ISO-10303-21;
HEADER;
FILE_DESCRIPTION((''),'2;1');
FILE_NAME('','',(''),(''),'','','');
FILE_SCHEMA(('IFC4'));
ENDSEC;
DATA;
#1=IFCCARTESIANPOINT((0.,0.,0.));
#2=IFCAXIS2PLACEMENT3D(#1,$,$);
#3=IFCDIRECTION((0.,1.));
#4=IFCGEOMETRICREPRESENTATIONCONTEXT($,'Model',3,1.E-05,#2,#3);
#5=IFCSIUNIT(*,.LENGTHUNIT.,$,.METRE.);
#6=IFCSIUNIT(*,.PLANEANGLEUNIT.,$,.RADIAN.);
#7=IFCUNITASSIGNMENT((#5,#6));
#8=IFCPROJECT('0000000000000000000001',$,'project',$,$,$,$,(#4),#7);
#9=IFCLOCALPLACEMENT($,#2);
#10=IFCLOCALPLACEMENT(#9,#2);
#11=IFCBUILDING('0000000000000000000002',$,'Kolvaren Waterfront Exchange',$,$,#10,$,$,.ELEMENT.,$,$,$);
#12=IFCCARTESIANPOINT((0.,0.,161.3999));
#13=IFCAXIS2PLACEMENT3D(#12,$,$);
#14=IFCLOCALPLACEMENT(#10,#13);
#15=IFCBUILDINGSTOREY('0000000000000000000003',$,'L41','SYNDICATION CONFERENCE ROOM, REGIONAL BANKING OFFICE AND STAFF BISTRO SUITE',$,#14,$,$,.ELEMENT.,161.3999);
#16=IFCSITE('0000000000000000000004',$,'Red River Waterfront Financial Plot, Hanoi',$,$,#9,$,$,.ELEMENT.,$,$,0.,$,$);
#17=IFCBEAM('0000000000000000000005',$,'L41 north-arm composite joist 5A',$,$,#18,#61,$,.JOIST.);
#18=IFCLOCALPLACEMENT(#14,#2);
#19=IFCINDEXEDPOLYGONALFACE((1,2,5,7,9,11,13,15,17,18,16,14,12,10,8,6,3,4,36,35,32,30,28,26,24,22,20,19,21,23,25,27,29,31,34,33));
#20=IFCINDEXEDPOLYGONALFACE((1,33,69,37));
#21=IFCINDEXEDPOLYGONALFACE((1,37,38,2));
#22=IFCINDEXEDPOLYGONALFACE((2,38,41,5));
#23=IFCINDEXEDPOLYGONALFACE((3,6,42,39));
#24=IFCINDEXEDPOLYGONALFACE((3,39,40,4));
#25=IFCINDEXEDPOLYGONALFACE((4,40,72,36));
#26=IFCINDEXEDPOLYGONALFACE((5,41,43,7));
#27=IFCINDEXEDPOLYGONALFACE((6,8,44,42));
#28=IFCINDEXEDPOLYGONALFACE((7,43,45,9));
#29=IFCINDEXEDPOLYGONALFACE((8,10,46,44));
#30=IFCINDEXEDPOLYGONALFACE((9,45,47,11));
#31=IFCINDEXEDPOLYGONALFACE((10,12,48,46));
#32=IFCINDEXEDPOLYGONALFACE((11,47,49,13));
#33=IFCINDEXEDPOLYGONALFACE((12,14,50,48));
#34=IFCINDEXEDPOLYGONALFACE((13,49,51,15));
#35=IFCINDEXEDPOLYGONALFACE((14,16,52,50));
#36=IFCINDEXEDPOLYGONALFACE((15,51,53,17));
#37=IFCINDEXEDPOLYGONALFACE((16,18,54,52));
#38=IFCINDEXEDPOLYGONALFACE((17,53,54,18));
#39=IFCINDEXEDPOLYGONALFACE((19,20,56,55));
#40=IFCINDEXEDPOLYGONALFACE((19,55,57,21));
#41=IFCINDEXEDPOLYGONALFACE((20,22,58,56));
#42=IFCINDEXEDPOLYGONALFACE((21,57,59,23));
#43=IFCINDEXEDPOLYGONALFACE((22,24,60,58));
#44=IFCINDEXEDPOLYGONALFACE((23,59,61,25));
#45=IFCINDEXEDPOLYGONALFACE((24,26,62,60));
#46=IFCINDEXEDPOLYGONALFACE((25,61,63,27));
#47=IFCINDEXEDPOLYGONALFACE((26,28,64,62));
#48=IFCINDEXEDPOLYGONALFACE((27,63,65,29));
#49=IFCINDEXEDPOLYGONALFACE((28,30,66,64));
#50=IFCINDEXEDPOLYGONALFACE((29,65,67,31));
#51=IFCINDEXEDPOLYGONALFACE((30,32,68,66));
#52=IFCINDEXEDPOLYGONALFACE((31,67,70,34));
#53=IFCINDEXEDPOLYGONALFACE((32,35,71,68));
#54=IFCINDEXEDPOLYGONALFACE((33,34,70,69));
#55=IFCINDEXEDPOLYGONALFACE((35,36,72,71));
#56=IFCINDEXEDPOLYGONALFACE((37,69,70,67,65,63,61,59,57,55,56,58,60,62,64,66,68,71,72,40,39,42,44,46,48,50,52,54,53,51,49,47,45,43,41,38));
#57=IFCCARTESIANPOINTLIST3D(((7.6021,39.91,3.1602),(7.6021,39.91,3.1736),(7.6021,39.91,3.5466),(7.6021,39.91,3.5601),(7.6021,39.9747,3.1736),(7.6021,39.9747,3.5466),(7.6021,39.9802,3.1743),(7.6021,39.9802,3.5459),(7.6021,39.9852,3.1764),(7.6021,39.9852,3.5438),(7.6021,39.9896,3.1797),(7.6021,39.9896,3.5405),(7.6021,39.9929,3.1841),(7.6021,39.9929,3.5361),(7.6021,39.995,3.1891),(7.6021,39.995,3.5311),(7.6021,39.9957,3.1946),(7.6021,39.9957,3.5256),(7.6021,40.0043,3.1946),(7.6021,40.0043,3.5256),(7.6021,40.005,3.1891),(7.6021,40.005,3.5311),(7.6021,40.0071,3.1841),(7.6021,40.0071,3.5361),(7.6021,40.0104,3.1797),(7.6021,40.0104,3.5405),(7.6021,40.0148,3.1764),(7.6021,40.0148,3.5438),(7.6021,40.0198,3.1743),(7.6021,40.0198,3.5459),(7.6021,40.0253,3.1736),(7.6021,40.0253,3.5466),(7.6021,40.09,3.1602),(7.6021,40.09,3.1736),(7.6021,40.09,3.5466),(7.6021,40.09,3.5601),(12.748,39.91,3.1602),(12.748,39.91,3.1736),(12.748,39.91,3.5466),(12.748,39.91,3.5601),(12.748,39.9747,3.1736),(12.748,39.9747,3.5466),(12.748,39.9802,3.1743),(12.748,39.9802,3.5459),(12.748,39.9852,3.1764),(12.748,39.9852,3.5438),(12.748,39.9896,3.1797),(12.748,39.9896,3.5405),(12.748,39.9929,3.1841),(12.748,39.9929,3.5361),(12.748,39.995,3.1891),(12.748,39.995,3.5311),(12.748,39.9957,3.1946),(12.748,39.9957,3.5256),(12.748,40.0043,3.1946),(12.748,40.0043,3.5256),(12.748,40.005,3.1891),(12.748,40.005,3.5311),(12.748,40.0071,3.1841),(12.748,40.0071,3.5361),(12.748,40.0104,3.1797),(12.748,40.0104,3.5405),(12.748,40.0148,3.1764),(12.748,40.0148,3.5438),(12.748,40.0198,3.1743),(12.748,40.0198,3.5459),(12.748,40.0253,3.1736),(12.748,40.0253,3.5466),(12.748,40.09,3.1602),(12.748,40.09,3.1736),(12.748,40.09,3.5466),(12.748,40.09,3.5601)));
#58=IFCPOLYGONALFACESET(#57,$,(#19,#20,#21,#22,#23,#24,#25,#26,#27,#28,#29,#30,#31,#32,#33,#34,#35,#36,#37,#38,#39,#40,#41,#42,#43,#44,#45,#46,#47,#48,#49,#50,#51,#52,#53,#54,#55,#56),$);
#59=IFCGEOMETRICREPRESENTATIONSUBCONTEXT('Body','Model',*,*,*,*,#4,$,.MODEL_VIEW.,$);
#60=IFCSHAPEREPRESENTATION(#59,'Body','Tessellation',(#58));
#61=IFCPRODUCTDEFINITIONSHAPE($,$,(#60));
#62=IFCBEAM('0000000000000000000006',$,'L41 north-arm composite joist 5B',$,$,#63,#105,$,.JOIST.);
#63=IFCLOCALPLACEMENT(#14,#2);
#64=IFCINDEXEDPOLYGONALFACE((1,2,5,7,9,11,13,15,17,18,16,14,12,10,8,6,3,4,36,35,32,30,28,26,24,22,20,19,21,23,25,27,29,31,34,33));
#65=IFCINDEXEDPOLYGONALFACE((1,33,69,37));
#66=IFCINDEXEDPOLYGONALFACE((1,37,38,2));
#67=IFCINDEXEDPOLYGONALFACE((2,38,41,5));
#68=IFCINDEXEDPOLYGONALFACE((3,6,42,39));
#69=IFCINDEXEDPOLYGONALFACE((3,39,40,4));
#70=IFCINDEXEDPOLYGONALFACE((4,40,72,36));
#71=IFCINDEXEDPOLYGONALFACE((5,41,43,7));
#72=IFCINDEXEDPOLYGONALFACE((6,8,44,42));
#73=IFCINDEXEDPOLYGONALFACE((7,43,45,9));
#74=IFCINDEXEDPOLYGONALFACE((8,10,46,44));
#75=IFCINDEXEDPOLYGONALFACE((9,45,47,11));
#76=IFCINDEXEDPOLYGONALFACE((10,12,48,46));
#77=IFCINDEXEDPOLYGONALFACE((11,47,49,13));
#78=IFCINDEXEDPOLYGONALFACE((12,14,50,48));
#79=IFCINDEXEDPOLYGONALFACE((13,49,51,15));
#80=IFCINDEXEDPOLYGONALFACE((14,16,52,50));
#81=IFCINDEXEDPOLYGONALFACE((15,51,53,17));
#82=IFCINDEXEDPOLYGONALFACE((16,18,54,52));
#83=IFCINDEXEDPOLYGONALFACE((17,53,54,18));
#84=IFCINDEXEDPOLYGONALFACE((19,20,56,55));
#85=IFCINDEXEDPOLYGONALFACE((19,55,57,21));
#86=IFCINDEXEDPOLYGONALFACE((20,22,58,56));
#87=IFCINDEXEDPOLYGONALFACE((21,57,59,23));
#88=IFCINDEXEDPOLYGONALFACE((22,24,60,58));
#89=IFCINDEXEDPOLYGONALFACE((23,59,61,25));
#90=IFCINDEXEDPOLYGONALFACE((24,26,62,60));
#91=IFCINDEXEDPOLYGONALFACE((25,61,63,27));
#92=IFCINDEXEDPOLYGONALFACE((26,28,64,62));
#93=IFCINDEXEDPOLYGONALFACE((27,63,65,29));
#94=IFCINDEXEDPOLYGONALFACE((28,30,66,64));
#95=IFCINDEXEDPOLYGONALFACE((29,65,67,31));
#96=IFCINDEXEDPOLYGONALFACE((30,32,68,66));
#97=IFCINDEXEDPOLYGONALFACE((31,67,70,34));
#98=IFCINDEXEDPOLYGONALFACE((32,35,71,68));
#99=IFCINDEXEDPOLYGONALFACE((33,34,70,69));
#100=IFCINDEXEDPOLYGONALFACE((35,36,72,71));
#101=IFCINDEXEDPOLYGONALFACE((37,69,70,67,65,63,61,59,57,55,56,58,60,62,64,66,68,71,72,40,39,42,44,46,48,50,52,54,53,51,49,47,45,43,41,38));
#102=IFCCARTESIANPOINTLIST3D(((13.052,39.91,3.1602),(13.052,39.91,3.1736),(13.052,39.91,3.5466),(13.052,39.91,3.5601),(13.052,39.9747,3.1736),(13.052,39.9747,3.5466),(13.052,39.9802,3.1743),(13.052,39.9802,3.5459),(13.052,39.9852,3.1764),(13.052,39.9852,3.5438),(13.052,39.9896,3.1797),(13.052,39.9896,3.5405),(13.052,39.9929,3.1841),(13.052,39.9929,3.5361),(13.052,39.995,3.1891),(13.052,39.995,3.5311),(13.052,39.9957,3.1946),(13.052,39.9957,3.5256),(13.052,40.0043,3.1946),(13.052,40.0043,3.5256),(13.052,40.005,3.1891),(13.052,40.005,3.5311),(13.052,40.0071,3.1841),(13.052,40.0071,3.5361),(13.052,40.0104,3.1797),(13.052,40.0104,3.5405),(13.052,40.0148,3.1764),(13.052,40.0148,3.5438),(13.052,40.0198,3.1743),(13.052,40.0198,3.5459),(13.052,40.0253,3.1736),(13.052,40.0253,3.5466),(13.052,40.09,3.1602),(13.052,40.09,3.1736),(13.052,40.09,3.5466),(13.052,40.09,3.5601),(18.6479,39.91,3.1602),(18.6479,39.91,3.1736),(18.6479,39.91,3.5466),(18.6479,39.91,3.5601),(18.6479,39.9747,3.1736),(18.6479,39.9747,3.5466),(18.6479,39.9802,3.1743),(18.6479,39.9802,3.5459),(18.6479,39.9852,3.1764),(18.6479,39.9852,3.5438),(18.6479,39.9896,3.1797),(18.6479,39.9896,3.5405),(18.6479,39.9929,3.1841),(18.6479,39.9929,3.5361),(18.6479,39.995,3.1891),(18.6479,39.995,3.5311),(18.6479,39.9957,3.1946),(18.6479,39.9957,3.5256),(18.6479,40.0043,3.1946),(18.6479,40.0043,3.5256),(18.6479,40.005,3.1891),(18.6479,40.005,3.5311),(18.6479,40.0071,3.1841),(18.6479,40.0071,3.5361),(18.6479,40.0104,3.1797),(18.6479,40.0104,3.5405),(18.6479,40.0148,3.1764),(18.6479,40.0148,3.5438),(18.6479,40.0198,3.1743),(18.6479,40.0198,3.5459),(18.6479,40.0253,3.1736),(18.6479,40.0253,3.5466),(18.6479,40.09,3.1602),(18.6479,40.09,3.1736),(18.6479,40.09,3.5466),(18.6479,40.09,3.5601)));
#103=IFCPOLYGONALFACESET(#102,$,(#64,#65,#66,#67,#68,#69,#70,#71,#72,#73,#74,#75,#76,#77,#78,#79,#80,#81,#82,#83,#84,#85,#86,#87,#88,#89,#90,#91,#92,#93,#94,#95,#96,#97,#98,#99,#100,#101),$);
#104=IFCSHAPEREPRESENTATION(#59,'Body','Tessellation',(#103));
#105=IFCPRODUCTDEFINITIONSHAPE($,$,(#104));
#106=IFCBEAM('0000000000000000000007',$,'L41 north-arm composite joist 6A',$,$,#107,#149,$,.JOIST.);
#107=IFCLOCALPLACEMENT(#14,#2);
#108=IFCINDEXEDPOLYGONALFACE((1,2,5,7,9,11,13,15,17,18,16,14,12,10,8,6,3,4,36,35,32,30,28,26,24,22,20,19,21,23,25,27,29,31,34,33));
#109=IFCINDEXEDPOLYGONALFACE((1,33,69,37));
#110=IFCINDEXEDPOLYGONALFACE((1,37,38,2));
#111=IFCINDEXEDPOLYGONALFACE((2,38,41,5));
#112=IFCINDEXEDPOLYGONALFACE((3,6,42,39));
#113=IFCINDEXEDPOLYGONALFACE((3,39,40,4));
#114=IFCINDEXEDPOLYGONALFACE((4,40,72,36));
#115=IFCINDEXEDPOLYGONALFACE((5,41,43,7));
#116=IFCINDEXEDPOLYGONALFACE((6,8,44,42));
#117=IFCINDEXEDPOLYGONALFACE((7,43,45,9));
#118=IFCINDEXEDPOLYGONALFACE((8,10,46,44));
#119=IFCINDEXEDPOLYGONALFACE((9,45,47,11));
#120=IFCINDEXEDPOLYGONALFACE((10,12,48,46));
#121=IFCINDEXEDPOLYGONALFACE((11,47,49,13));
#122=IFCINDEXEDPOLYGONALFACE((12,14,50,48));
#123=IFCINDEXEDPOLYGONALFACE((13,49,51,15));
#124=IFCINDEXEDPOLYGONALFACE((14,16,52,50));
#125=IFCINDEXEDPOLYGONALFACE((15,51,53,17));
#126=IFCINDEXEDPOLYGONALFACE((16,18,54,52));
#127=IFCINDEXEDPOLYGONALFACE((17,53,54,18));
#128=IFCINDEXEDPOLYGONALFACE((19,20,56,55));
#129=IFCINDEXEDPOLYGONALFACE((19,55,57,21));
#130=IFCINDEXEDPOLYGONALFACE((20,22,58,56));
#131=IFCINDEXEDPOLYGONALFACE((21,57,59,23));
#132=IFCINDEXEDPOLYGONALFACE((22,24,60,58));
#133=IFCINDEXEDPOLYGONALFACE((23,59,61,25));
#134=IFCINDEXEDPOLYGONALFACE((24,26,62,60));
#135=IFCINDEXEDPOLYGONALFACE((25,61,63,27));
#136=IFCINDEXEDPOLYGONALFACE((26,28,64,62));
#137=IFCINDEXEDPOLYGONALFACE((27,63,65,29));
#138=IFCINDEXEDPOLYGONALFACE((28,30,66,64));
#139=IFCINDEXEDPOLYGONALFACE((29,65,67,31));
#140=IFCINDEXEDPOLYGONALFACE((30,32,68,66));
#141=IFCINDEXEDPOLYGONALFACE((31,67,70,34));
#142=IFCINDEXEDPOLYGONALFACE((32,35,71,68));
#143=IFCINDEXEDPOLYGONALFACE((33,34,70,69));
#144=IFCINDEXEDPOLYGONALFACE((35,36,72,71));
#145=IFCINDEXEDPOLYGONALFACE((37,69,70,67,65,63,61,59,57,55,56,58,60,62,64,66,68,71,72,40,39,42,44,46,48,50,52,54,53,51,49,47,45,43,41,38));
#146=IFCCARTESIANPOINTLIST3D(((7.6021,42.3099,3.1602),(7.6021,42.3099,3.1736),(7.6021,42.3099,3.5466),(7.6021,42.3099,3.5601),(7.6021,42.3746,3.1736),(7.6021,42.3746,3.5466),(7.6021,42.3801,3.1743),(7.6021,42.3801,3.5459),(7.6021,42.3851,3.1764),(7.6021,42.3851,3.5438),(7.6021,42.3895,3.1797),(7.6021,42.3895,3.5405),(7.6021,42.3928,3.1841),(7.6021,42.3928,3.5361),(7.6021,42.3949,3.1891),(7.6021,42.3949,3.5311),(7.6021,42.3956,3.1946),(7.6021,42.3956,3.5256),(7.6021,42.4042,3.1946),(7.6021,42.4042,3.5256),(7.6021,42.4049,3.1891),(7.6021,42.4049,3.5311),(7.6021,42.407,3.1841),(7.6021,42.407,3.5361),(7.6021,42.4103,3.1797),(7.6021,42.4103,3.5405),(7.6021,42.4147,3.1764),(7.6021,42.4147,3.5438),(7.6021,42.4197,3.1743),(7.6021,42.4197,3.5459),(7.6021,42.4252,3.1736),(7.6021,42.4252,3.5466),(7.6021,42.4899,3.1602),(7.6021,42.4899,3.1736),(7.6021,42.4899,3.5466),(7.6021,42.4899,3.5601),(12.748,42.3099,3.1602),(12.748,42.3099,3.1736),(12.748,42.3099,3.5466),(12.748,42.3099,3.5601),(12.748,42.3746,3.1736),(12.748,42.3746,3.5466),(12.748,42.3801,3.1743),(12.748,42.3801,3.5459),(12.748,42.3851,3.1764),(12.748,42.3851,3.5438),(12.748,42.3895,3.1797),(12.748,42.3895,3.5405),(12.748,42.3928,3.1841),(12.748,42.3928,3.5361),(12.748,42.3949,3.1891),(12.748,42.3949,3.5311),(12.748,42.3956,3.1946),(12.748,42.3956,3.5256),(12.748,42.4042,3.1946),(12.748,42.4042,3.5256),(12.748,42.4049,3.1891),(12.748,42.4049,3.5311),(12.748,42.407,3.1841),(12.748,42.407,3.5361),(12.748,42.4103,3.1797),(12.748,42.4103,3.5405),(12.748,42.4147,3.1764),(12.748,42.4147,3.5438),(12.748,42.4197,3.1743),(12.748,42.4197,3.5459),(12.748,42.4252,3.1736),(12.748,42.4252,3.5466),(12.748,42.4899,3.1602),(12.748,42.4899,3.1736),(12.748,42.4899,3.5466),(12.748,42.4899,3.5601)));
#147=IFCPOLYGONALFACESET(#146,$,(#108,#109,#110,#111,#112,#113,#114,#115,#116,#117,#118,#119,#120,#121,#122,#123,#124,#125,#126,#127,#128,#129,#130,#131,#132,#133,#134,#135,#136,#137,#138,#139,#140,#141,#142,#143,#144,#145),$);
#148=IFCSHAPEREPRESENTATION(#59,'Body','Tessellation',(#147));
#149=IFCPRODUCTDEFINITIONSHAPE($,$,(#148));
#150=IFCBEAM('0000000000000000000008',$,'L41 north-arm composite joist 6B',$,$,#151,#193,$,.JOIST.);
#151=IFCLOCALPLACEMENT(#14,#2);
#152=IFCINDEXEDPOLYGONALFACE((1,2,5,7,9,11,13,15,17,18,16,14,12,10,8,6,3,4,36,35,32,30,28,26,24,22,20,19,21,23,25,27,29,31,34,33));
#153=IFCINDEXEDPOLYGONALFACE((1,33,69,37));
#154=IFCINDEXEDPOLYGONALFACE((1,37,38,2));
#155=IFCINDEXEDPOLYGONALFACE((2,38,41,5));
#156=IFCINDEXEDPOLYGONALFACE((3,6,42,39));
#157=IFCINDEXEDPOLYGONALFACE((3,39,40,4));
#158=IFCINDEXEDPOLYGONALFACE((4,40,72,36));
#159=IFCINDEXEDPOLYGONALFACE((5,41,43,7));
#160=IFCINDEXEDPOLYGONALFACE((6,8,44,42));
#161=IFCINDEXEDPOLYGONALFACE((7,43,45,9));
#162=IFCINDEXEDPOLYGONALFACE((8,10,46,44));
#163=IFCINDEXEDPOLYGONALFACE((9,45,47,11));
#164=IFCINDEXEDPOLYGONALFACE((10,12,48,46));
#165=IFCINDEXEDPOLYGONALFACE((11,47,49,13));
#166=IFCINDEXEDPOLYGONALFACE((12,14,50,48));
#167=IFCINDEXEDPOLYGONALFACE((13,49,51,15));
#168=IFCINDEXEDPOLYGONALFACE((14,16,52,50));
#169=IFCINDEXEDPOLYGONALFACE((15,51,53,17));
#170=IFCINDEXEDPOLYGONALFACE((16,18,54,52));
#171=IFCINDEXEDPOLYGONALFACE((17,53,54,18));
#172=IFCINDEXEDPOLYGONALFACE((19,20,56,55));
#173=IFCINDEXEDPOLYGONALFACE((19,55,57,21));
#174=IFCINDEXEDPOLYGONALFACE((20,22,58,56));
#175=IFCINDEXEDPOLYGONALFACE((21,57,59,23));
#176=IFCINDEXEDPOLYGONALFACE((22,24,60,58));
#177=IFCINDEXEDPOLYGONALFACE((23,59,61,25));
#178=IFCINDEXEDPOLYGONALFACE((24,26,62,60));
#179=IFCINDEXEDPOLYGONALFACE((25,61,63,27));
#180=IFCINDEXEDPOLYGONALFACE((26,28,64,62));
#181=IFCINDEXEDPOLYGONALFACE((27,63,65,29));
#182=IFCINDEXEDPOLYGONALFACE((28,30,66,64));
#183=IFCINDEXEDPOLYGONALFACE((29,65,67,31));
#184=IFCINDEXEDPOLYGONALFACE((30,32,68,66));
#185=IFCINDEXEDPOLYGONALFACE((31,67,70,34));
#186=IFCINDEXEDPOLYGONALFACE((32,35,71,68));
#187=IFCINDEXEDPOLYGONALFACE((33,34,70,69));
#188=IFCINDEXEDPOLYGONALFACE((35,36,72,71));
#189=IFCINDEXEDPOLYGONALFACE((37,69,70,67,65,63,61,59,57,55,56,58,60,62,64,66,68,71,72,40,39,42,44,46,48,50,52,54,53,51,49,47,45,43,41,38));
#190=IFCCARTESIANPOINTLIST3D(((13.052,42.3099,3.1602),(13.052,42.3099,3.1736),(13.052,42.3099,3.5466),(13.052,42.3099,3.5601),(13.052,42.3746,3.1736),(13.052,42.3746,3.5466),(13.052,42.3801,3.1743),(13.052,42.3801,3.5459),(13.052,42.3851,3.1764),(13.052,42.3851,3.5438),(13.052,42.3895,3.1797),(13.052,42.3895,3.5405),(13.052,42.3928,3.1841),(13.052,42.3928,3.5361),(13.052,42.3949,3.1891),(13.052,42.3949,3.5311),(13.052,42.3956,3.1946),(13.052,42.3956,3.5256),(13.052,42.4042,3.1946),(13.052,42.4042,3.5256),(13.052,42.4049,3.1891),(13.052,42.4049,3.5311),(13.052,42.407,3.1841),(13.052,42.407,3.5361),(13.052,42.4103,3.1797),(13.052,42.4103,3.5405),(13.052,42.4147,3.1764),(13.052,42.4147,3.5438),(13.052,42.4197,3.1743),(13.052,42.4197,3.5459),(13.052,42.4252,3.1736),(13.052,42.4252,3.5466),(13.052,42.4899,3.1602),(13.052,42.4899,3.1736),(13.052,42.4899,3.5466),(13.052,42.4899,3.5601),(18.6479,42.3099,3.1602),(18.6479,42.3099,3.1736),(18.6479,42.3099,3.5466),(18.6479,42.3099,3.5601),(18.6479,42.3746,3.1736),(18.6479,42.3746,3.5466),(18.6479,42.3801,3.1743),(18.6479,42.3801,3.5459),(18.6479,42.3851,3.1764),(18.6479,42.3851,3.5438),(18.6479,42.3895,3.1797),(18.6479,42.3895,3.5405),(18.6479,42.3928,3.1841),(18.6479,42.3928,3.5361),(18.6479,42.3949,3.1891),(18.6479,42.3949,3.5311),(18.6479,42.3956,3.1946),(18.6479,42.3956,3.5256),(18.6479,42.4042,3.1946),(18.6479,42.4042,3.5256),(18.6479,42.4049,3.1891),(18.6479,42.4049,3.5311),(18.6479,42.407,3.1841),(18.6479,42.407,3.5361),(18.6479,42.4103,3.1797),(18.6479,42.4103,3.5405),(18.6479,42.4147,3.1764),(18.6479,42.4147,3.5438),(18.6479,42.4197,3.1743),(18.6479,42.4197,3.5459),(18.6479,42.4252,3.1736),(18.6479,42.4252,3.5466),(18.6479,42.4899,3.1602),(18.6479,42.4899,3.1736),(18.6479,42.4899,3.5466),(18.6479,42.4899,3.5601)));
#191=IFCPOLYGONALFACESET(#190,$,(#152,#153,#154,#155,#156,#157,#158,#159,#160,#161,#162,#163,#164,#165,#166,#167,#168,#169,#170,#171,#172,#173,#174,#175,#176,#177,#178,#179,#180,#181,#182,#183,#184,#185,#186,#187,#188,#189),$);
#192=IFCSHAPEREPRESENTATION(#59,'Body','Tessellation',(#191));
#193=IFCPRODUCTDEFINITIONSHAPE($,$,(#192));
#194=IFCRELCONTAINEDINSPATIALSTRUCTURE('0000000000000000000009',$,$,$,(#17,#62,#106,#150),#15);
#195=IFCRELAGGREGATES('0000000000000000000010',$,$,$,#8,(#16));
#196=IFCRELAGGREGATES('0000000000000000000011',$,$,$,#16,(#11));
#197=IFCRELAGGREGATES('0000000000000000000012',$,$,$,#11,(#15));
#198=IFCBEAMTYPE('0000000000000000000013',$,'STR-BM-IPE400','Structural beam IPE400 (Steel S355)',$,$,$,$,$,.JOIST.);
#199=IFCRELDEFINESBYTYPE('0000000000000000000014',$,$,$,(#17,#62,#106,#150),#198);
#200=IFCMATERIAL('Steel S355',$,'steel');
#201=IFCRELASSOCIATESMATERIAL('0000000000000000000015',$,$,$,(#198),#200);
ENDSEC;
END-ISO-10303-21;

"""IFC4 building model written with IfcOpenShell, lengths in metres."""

from ifc_helpers import new_model, si_unit, direction, frame, origin, origin_2d, place, context, subcontext, project, spatial, i_section, extrude, material, material_profile, profile_set, type_object, element, save


model = new_model("IFC4")

# Units and contexts
model_context = context("Model", 3, precision=1e-05, world=origin(), true_north=direction((0.0, 1.0)))
body_context = subcontext(model_context, "Body", "Model", "MODEL_VIEW")
ifc_project = project(units=[si_unit("LENGTHUNIT", "METRE"), si_unit("PLANEANGLEUNIT", "RADIAN")], contexts=[model_context])

# Site, building, storey
site_placement = place(None, origin())
site = spatial("IfcSite", under=ifc_project, at=site_placement, Name="Red River Waterfront Financial Plot, Hanoi", CompositionType="ELEMENT", RefElevation=0.0)
building_placement = place(site_placement, origin())
building = spatial("IfcBuilding", under=site, at=building_placement, Name="Kolvaren Waterfront Exchange", CompositionType="ELEMENT")
storey_placement = place(building_placement, frame((0.0, 0.0, 161.3999)))
storey = spatial("IfcBuildingStorey", under=building, at=storey_placement, Name="L41", Description="SYNDICATION CONFERENCE ROOM, REGIONAL BANKING OFFICE AND STAFF BISTRO SUITE", CompositionType="ELEMENT", Elevation=161.3999)

# Beams
ifc_material_1 = material(Name="Steel S355", Category="steel")
ifc_material_profile_1 = material_profile(ifc_material_1, i_section(OverallWidth=0.1799, OverallDepth=0.3999, WebThickness=0.0085, FlangeThickness=0.0134, FilletRadius=0.021, at=origin_2d()), Name="IPE400")
ifc_profile_set_1 = profile_set([ifc_material_profile_1], Name="Steel S355")
beam_type_1 = type_object("IfcBeamType", Name="STR-BM-IPE400", Description="Structural beam IPE400 (Steel S355)", PredefinedType="JOIST", material=ifc_profile_set_1)
beam_1_placement = place(storey_placement, frame((7.6021, 40.0, 3.3601), z_axis=(1.0, 0.0, 0.0), x_axis=(0.0, 1.0, 0.0)))
element("IfcBeam", 1, at=beam_1_placement, inside=storey, type_object=beam_type_1, Name="L41 north-arm composite joist 5A", PredefinedType="JOIST", context=body_context, shape_type="SweptSolid", body=[
    extrude(i_section(OverallWidth=0.1799, OverallDepth=0.3999, WebThickness=0.0085, FlangeThickness=0.0134, FilletRadius=0.021, at=origin_2d()), origin(), (0.0, 0.0, 1.0), 5.146),
])
beam_2_placement = place(storey_placement, frame((13.052, 40.0, 3.3601), z_axis=(1.0, 0.0, 0.0), x_axis=(0.0, 1.0, 0.0)))
element("IfcBeam", 2, at=beam_2_placement, inside=storey, type_object=beam_type_1, Name="L41 north-arm composite joist 5B", PredefinedType="JOIST", context=body_context, shape_type="SweptSolid", body=[
    extrude(i_section(OverallWidth=0.1799, OverallDepth=0.3999, WebThickness=0.0085, FlangeThickness=0.0134, FilletRadius=0.021, at=origin_2d()), origin(), (0.0, 0.0, 1.0), 5.5959),
])
beam_3_placement = place(storey_placement, frame((7.6021, 42.3999, 3.3601), z_axis=(1.0, 0.0, 0.0), x_axis=(0.0, 1.0, 0.0)))
element("IfcBeam", 3, at=beam_3_placement, inside=storey, type_object=beam_type_1, Name="L41 north-arm composite joist 6A", PredefinedType="JOIST", context=body_context, shape_type="SweptSolid", body=[
    extrude(i_section(OverallWidth=0.1799, OverallDepth=0.3999, WebThickness=0.0085, FlangeThickness=0.0134, FilletRadius=0.021, at=origin_2d()), origin(), (0.0, 0.0, 1.0), 5.146),
])
beam_4_placement = place(storey_placement, frame((13.052, 42.3999, 3.3601), z_axis=(1.0, 0.0, 0.0), x_axis=(0.0, 1.0, 0.0)))
element("IfcBeam", 4, at=beam_4_placement, inside=storey, type_object=beam_type_1, Name="L41 north-arm composite joist 6B", PredefinedType="JOIST", context=body_context, shape_type="SweptSolid", body=[
    extrude(i_section(OverallWidth=0.1799, OverallDepth=0.3999, WebThickness=0.0085, FlangeThickness=0.0134, FilletRadius=0.021, at=origin_2d()), origin(), (0.0, 0.0, 1.0), 5.5959),
])

save(model, "model.ifc")
